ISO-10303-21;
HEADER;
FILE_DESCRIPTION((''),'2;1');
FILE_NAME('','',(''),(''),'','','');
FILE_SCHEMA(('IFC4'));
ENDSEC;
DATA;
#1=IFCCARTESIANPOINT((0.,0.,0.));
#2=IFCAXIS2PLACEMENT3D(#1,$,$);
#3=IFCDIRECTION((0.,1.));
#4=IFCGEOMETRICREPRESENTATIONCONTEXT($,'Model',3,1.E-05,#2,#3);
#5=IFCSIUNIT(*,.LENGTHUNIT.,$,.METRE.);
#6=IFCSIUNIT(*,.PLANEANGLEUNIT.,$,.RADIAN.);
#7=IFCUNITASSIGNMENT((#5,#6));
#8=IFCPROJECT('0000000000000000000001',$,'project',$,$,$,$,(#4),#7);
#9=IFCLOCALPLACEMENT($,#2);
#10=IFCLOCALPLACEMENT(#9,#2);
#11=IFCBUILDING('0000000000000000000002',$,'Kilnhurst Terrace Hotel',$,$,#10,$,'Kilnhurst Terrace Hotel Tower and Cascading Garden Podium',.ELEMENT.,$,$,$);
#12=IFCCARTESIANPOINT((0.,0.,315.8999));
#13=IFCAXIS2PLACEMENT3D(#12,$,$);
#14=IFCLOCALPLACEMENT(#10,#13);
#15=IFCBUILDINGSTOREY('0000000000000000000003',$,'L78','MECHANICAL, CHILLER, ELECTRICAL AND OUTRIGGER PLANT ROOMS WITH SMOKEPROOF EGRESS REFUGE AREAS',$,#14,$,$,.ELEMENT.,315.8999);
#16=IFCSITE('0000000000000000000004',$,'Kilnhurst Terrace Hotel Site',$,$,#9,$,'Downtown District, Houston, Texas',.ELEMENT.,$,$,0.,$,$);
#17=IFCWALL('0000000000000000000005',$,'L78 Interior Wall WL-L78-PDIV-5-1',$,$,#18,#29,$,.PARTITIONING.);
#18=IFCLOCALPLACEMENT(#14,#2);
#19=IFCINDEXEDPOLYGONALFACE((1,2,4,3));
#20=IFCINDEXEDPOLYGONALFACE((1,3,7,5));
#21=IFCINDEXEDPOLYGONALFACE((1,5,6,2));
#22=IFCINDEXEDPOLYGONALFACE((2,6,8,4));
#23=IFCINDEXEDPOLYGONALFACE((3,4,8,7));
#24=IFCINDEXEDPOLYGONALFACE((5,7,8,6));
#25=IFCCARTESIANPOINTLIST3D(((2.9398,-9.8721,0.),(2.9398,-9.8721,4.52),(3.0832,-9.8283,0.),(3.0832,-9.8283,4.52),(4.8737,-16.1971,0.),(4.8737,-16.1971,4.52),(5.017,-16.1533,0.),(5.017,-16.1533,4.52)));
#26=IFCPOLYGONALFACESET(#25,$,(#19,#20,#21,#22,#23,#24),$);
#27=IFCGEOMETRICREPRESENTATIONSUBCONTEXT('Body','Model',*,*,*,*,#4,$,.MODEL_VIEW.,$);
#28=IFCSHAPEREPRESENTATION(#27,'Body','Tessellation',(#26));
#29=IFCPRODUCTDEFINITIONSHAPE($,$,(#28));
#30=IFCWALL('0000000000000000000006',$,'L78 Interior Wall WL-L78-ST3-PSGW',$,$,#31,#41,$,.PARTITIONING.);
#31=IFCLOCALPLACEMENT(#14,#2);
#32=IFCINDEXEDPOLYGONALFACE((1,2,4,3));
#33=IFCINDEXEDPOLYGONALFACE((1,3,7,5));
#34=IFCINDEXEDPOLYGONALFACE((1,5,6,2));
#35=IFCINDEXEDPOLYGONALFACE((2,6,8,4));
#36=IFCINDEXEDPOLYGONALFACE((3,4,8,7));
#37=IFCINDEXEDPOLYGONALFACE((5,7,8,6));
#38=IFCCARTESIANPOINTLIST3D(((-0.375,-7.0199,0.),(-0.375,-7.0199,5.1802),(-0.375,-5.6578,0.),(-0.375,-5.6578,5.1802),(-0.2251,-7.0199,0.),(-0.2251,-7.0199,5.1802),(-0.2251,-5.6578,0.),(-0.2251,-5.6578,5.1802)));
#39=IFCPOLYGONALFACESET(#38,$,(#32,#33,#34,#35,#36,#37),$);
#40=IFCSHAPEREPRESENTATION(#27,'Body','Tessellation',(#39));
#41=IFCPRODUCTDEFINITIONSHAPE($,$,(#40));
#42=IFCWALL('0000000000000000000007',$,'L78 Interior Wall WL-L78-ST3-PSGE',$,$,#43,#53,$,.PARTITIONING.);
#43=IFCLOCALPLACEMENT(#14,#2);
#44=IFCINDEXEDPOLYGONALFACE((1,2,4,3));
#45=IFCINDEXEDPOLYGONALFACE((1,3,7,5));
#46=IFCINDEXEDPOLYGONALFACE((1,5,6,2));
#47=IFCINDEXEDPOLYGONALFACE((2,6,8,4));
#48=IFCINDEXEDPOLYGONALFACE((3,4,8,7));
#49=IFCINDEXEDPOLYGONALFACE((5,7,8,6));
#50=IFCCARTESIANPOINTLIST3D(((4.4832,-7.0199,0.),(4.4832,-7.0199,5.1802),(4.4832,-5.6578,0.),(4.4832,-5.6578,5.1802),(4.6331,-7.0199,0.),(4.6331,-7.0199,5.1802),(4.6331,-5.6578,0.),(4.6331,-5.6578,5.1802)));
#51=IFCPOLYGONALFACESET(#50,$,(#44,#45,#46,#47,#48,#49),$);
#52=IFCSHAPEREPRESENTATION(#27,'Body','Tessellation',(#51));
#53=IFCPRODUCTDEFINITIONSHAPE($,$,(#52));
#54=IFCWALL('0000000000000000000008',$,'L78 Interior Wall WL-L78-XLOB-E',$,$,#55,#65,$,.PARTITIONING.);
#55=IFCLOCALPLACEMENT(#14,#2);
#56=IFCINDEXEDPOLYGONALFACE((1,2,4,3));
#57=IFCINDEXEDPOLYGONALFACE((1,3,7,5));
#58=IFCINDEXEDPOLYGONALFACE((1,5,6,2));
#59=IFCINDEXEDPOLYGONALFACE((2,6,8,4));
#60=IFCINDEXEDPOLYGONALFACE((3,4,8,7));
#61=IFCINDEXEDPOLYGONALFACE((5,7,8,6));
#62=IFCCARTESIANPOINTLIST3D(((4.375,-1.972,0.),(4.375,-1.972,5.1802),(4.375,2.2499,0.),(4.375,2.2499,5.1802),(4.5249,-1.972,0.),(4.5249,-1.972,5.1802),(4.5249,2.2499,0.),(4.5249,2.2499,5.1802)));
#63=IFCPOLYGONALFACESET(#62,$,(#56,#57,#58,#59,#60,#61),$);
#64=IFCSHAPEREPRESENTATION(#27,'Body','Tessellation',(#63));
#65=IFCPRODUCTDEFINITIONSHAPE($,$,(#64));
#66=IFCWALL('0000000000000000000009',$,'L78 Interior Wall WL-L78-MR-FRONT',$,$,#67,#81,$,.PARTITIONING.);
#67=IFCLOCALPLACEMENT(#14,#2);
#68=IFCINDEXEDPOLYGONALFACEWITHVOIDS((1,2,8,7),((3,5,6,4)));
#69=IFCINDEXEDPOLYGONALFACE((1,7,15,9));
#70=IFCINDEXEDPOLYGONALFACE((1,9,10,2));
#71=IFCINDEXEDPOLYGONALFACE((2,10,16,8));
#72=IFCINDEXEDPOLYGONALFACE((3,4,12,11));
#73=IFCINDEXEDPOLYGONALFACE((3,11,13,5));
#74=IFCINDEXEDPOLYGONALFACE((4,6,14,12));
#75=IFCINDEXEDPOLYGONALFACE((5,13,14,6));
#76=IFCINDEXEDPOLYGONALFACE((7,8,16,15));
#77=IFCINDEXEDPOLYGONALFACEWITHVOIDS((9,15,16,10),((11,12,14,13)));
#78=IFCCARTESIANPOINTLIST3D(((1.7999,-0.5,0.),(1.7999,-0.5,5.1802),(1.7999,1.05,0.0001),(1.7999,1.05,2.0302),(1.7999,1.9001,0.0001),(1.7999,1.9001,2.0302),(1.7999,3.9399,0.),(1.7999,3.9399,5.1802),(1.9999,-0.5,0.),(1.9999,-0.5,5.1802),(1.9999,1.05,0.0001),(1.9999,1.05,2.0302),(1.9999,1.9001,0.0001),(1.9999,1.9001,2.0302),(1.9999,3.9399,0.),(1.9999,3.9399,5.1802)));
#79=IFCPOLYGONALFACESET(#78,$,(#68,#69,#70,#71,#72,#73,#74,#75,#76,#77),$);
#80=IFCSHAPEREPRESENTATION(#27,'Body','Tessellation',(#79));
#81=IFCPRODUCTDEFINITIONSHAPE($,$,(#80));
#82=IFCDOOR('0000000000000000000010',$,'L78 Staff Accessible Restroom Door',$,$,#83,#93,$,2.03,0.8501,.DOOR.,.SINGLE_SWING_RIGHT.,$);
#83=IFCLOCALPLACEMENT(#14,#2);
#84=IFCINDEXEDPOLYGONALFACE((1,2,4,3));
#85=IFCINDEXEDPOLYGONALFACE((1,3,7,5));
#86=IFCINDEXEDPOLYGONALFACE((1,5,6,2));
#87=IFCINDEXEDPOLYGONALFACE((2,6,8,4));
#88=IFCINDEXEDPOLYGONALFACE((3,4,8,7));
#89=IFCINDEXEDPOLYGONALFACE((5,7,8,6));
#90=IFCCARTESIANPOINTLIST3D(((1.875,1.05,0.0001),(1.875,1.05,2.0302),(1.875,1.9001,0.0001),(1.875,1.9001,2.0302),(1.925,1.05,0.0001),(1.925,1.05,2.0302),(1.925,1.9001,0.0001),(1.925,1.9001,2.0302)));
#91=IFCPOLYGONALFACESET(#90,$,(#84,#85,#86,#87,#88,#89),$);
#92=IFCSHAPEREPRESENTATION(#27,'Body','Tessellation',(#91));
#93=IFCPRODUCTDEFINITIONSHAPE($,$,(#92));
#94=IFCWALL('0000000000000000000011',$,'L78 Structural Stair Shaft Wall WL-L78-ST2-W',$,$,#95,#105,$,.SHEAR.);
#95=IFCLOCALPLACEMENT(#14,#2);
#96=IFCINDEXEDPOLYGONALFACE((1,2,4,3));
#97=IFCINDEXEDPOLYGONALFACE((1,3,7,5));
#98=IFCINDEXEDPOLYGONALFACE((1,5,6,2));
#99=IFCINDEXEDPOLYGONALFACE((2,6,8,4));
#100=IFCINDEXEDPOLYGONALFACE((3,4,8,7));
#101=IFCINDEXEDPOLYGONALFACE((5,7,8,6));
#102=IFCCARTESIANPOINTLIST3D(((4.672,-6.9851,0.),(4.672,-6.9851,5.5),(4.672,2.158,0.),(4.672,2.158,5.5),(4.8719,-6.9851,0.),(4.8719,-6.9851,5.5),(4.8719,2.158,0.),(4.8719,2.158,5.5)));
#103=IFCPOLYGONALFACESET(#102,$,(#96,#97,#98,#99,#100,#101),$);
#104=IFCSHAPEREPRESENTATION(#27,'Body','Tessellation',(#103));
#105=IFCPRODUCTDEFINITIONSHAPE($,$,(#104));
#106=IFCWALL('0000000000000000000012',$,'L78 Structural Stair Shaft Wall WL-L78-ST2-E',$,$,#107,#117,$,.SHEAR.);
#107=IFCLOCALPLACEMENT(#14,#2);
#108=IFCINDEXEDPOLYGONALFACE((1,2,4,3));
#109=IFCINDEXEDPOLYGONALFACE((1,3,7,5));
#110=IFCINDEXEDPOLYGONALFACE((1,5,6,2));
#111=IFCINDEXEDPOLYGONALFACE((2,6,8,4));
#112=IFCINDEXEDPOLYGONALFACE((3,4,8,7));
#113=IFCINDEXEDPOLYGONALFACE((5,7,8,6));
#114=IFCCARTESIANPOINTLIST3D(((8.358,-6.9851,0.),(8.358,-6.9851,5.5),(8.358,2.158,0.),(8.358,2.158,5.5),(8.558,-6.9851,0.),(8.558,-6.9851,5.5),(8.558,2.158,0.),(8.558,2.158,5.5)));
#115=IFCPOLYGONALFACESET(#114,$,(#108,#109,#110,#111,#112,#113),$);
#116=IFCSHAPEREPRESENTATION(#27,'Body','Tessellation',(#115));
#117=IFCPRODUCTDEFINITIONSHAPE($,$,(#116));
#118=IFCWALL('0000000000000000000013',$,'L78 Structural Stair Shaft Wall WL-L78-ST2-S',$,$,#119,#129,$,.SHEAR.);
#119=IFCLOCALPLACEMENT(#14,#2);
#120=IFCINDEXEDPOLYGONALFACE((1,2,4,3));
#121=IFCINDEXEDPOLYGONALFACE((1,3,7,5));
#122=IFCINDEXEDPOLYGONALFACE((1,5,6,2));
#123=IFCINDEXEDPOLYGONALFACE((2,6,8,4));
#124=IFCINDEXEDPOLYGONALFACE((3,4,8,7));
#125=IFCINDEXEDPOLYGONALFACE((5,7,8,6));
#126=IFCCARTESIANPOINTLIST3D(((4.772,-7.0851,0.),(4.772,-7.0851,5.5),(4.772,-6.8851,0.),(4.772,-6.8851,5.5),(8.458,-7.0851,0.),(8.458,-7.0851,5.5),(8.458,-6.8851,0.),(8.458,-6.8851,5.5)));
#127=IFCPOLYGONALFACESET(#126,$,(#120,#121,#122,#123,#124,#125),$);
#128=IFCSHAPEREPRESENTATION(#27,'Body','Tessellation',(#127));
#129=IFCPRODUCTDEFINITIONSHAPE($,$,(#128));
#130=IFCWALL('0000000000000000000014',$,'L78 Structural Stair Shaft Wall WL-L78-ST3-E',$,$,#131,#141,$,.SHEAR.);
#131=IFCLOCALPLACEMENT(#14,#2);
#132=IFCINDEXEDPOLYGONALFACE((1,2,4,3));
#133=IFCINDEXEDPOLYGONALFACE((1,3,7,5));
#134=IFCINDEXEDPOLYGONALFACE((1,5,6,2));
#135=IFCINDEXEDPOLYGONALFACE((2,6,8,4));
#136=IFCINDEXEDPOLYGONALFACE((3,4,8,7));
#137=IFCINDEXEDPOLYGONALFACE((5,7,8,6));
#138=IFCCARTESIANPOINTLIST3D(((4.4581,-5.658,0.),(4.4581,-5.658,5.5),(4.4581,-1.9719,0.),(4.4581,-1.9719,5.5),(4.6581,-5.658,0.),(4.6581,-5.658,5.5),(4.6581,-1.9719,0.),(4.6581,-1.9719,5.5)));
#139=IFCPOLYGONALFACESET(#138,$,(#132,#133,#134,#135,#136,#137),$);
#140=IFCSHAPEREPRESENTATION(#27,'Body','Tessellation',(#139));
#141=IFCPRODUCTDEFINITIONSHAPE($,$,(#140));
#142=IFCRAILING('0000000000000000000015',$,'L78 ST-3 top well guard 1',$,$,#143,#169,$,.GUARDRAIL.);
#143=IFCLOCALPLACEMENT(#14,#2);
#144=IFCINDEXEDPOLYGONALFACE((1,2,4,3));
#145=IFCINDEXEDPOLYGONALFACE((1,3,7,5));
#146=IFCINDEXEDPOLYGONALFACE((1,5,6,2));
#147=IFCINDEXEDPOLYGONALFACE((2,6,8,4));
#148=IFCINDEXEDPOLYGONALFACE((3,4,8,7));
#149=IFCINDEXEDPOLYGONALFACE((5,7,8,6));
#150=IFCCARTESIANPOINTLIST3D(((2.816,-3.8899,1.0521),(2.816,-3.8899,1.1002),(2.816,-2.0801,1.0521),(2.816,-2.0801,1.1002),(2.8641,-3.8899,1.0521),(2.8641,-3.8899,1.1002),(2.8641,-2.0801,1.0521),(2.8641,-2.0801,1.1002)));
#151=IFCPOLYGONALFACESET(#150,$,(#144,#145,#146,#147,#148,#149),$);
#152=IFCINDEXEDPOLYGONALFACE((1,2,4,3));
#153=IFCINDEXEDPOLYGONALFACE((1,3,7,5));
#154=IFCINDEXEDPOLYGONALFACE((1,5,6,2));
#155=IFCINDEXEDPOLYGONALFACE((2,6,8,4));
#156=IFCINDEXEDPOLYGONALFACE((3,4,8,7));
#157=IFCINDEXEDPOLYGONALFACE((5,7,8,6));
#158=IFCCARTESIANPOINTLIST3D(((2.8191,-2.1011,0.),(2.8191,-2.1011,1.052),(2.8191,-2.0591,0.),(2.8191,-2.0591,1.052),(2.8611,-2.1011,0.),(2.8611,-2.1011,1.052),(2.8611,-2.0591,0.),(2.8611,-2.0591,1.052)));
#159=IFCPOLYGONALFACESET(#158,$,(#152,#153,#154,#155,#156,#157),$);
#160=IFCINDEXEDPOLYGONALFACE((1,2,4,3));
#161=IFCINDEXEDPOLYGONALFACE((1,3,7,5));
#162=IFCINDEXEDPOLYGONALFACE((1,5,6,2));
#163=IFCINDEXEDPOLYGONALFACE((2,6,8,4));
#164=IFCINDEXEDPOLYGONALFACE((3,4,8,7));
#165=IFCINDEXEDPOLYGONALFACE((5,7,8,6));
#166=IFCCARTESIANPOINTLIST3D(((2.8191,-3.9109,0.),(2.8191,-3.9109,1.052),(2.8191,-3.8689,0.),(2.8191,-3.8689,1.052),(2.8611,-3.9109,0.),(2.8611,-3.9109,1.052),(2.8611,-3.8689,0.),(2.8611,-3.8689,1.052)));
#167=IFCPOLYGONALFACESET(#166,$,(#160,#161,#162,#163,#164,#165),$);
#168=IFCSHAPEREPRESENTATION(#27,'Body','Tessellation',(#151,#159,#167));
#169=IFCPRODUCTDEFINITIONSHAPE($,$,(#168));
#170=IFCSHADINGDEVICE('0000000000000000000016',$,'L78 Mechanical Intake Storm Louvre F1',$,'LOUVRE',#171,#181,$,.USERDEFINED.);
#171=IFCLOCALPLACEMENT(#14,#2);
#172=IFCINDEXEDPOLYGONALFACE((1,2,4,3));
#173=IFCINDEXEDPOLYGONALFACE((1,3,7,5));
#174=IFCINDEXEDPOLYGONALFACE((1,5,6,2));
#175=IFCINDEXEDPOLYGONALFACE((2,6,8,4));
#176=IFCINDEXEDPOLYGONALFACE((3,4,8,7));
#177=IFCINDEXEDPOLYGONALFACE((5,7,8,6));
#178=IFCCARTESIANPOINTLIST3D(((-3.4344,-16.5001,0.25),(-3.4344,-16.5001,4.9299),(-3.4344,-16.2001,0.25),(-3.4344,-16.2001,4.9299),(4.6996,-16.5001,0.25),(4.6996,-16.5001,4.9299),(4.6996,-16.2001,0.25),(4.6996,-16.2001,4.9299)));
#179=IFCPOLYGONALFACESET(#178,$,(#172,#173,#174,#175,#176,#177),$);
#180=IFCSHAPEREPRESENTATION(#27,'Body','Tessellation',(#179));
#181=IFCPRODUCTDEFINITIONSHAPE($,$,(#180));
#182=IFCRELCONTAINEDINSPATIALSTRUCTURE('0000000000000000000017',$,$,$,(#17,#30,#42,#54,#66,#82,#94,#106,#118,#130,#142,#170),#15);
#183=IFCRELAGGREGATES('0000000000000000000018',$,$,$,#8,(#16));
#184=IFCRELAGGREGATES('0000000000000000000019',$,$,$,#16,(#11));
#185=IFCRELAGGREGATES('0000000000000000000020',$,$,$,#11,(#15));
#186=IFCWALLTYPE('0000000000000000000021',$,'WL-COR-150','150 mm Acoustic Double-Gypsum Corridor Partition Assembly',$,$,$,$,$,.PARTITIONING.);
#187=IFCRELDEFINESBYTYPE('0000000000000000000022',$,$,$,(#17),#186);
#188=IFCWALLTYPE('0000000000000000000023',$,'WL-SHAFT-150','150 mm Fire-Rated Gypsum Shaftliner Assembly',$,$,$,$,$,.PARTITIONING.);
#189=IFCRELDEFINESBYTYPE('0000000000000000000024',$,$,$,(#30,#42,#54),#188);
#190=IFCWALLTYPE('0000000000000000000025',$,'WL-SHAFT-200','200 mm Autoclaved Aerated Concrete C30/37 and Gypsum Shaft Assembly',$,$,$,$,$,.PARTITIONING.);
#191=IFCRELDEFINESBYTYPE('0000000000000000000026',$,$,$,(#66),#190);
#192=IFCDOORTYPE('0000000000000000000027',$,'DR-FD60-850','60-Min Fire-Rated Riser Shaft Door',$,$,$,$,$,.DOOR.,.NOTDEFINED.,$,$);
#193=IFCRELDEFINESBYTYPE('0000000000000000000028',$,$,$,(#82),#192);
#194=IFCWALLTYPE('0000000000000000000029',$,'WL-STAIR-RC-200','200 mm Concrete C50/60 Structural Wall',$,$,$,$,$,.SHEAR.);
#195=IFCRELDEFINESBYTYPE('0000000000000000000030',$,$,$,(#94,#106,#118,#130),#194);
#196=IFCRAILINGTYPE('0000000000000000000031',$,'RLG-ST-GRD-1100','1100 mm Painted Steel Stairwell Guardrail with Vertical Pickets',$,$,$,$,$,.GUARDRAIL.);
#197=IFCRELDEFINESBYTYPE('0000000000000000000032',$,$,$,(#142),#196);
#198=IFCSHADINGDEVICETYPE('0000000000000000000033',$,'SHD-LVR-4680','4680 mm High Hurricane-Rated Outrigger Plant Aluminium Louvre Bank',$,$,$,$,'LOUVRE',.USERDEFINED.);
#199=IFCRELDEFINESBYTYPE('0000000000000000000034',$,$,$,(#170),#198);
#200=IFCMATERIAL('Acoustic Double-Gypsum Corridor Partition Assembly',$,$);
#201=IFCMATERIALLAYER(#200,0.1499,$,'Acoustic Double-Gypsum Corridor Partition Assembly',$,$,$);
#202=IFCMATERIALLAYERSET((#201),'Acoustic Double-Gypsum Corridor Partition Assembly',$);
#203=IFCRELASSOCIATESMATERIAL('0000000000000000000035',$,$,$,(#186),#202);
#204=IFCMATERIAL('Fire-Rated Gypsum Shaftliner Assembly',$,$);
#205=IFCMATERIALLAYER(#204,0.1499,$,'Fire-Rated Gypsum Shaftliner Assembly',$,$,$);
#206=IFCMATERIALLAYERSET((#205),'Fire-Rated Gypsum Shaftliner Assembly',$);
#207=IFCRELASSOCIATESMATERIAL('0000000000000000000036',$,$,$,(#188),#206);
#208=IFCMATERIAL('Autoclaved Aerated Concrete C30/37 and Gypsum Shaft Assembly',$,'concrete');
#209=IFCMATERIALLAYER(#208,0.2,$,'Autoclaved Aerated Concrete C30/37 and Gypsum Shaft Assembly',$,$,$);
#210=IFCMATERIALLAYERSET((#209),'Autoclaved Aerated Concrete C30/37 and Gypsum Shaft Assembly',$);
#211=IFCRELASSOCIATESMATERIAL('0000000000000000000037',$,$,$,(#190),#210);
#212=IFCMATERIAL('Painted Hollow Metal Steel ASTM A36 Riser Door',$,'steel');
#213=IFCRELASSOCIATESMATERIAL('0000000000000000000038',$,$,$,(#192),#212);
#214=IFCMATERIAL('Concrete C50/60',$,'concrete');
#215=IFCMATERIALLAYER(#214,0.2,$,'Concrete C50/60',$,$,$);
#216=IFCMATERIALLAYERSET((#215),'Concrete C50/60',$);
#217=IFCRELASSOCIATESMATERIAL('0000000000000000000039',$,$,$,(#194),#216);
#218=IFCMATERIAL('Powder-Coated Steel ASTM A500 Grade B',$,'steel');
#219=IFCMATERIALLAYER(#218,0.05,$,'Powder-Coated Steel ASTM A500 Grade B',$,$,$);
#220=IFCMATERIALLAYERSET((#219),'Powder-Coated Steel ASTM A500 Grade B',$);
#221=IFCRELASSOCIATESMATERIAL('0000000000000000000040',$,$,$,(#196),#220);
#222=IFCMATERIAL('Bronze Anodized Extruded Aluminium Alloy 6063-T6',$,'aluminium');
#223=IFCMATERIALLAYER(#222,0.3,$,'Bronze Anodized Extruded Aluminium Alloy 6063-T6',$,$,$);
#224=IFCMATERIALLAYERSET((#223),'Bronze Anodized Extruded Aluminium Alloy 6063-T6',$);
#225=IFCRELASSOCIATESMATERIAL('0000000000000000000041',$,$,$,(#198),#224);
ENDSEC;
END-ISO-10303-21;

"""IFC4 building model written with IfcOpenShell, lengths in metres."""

from ifc_helpers import new_model, si_unit, direction, frame, frame_2d, origin, origin_2d, place, context, subcontext, project, spatial, rectangle, extrude, material, layer, layer_set, type_object, element, fill, save


model = new_model("IFC4")

# Units and contexts
model_context = context("Model", 3, precision=1e-05, world=origin(), true_north=direction((0.0, 1.0)))
body_context = subcontext(model_context, "Body", "Model", "MODEL_VIEW")
ifc_project = project(units=[si_unit("LENGTHUNIT", "METRE"), si_unit("PLANEANGLEUNIT", "RADIAN")], contexts=[model_context])

# Site, building, storey
site_placement = place(None, origin())
site = spatial("IfcSite", under=ifc_project, at=site_placement, Name="Kilnhurst Terrace Hotel Site", LongName="Downtown District, Houston, Texas", CompositionType="ELEMENT", RefElevation=0.0)
building_placement = place(site_placement, origin())
building = spatial("IfcBuilding", under=site, at=building_placement, Name="Kilnhurst Terrace Hotel", LongName="Kilnhurst Terrace Hotel Tower and Cascading Garden Podium", CompositionType="ELEMENT")
storey_placement = place(building_placement, frame((0.0, 0.0, 315.8999)))
storey = spatial("IfcBuildingStorey", under=building, at=storey_placement, Name="L78", Description="MECHANICAL, CHILLER, ELECTRICAL AND OUTRIGGER PLANT ROOMS WITH SMOKEPROOF EGRESS REFUGE AREAS", CompositionType="ELEMENT", Elevation=315.8999)

# Shared definitions
ifc_material_1 = material(Name="Concrete C50/60", Category="concrete")

# Walls
ifc_material_2 = material(Name="Acoustic Double-Gypsum Corridor Partition Assembly")
ifc_layer_1 = layer(ifc_material_2, 0.1499, Name="Acoustic Double-Gypsum Corridor Partition Assembly")
ifc_layer_set_1 = layer_set([ifc_layer_1], Name="Acoustic Double-Gypsum Corridor Partition Assembly")
wall_type_1 = type_object("IfcWallType", Name="WL-COR-150", Description="150 mm Acoustic Double-Gypsum Corridor Partition Assembly", PredefinedType="PARTITIONING", material=ifc_layer_set_1)
wall_1_placement = place(storey_placement, frame((3.0115, -9.8501, 0.0), z_axis=(0.0, 0.0, 1.0), x_axis=(0.292386, -0.9563, 0.0)))
element("IfcWall", 1, at=wall_1_placement, inside=storey, type_object=wall_type_1, Name="L78 Interior Wall WL-L78-PDIV-5-1", PredefinedType="PARTITIONING", context=body_context, shape_type="SweptSolid", body=[
    extrude(rectangle(XDim=6.614, YDim=0.1499, at=frame_2d((3.3071, 0.0))), origin(), (0.0, 0.0, 1.0), 4.52),
])
ifc_material_3 = material(Name="Fire-Rated Gypsum Shaftliner Assembly")
ifc_layer_2 = layer(ifc_material_3, 0.1499, Name="Fire-Rated Gypsum Shaftliner Assembly")
ifc_layer_set_2 = layer_set([ifc_layer_2], Name="Fire-Rated Gypsum Shaftliner Assembly")
wall_type_2 = type_object("IfcWallType", Name="WL-SHAFT-150", Description="150 mm Fire-Rated Gypsum Shaftliner Assembly", PredefinedType="PARTITIONING", material=ifc_layer_set_2)
for number, where, z_axis, x_axis, name in (
    (2, (-0.3, -7.02, 0.0), (0.0, 0.0, 1.0), (0.0, 1.0, 0.0), "L78 Interior Wall WL-L78-ST3-PSGW"),
    (3, (4.5581, -7.02, 0.0), (0.0, 0.0, 1.0), (0.0, 1.0, 0.0), "L78 Interior Wall WL-L78-ST3-PSGE"),
):
    element("IfcWall", number, at=place(storey_placement, frame(where, z_axis=z_axis, x_axis=x_axis)), inside=storey, type_object=wall_type_2, Name=name, PredefinedType="PARTITIONING", context=body_context, shape_type="SweptSolid", body=[
        extrude(rectangle(XDim=1.3621, YDim=0.1499, at=frame_2d((0.6812, 0.0))), origin(), (0.0, 0.0, 1.0), 5.1802),
    ])
wall_2_placement = place(storey_placement, frame((4.45, -1.9719, 0.0), z_axis=(0.0, 0.0, 1.0), x_axis=(0.0, 1.0, 0.0)))
element("IfcWall", 4, at=wall_2_placement, inside=storey, type_object=wall_type_2, Name="L78 Interior Wall WL-L78-XLOB-E", PredefinedType="PARTITIONING", context=body_context, shape_type="SweptSolid", body=[
    extrude(rectangle(XDim=4.2219, YDim=0.1499, at=frame_2d((2.1108, 0.0))), origin(), (0.0, 0.0, 1.0), 5.1802),
])

# Wall, opening, door
ifc_material_4 = material(Name="Autoclaved Aerated Concrete C30/37 and Gypsum Shaft Assembly", Category="concrete")
ifc_layer_3 = layer(ifc_material_4, 0.2, Name="Autoclaved Aerated Concrete C30/37 and Gypsum Shaft Assembly")
ifc_layer_set_3 = layer_set([ifc_layer_3], Name="Autoclaved Aerated Concrete C30/37 and Gypsum Shaft Assembly")
wall_type_3 = type_object("IfcWallType", Name="WL-SHAFT-200", Description="200 mm Autoclaved Aerated Concrete C30/37 and Gypsum Shaft Assembly", PredefinedType="PARTITIONING", material=ifc_layer_set_3)
wall_3_placement = place(storey_placement, frame((1.8999, -0.5, 0.0), z_axis=(0.0, 0.0, 1.0), x_axis=(0.0, 1.0, 0.0)))
wall_3 = element("IfcWall", 5, at=wall_3_placement, inside=storey, type_object=wall_type_3, Name="L78 Interior Wall WL-L78-MR-FRONT", PredefinedType="PARTITIONING", context=body_context, shape_type="SweptSolid", body=[
    extrude(rectangle(XDim=4.4399, YDim=0.2, at=frame_2d((2.22, 0.0))), origin(), (0.0, 0.0, 1.0), 5.1802),
])
opening_placement = place(wall_3_placement, frame((1.55, 0.0, 0.0)))
opening = element("IfcOpeningElement", 6, at=opening_placement, cuts=wall_3, PredefinedType="OPENING", context=body_context, shape_type="SweptSolid", body=[
    extrude(rectangle(XDim=0.8501, YDim=2.03, at=frame_2d((0.425, 1.0151))), frame((0.0, 0.1099, 0.0), z_axis=(0.0, -1.0, 0.0), x_axis=(1.0, 0.0, 0.0)), (0.0, 0.0, 1.0), 0.22),
])
ifc_material_5 = material(Name="Painted Hollow Metal Steel ASTM A36 Riser Door", Category="steel")
door_type = type_object("IfcDoorType", Name="DR-FD60-850", Description="60-Min Fire-Rated Riser Shaft Door", OperationType="NOTDEFINED", PredefinedType="DOOR", material=ifc_material_5)
door_placement = place(opening_placement, origin())
door = element("IfcDoor", 7, at=door_placement, inside=storey, type_object=door_type, Name="L78 Staff Accessible Restroom Door", OperationType="SINGLE_SWING_RIGHT", OverallHeight=2.03, OverallWidth=0.8501, PredefinedType="DOOR", context=body_context, shape_type="SweptSolid", body=[
    extrude(rectangle(XDim=0.8501, YDim=2.03, at=frame_2d((0.425, 1.0151))), frame((0.0, 0.0249, 0.0), z_axis=(0.0, -1.0, 0.0), x_axis=(1.0, 0.0, 0.0)), (0.0, 0.0, 1.0), 0.05),
])
fill(opening, door)

# Walls
ifc_layer_4 = layer(ifc_material_1, 0.2, Name="Concrete C50/60")
ifc_layer_set_4 = layer_set([ifc_layer_4], Name="Concrete C50/60")
wall_type_4 = type_object("IfcWallType", Name="WL-STAIR-RC-200", Description="200 mm Concrete C50/60 Structural Wall", PredefinedType="SHEAR", material=ifc_layer_set_4)
for number, where, z_axis, x_axis, name in (
    (8, (4.772, -6.9851, 0.0), (0.0, 0.0, 1.0), (0.0, 1.0, 0.0), "L78 Structural Stair Shaft Wall WL-L78-ST2-W"),
    (9, (8.458, -6.9851, 0.0), (0.0, 0.0, 1.0), (0.0, 1.0, 0.0), "L78 Structural Stair Shaft Wall WL-L78-ST2-E"),
):
    element("IfcWall", number, at=place(storey_placement, frame(where, z_axis=z_axis, x_axis=x_axis)), inside=storey, type_object=wall_type_4, Name=name, PredefinedType="SHEAR", context=body_context, shape_type="SweptSolid", body=[
        extrude(rectangle(XDim=9.1431, YDim=0.2, at=frame_2d((4.5715, 0.0))), origin(), (0.0, 0.0, 1.0), 5.5),
    ])
for number, where, z_axis, x_axis, name in (
    (10, (4.772, -6.9851, 0.0), (0.0, 0.0, 1.0), (1.0, 0.0, 0.0), "L78 Structural Stair Shaft Wall WL-L78-ST2-S"),
    (11, (4.5581, -5.658, 0.0), (0.0, 0.0, 1.0), (0.0, 1.0, 0.0), "L78 Structural Stair Shaft Wall WL-L78-ST3-E"),
):
    element("IfcWall", number, at=place(storey_placement, frame(where, z_axis=z_axis, x_axis=x_axis)), inside=storey, type_object=wall_type_4, Name=name, PredefinedType="SHEAR", context=body_context, shape_type="SweptSolid", body=[
        extrude(rectangle(XDim=3.686, YDim=0.2, at=frame_2d((1.843, 0.0))), origin(), (0.0, 0.0, 1.0), 5.5),
    ])

# Railing
ifc_material_6 = material(Name="Powder-Coated Steel ASTM A500 Grade B", Category="steel")
ifc_layer_5 = layer(ifc_material_6, 0.05, Name="Powder-Coated Steel ASTM A500 Grade B")
ifc_layer_set_5 = layer_set([ifc_layer_5], Name="Powder-Coated Steel ASTM A500 Grade B")
railing_type = type_object("IfcRailingType", Name="RLG-ST-GRD-1100", Description="1100 mm Painted Steel Stairwell Guardrail with Vertical Pickets", PredefinedType="GUARDRAIL", material=ifc_layer_set_5)
railing_placement = place(storey_placement, frame((2.8401, -2.0801, 0.0)))
element("IfcRailing", 12, at=railing_placement, inside=storey, type_object=railing_type, Name="L78 ST-3 top well guard 1", PredefinedType="GUARDRAIL", context=body_context, shape_type="SweptSolid", body=[
    extrude(rectangle(XDim=0.0481, YDim=0.0481, at=origin_2d()), frame((0.0, 0.0, 1.0762), z_axis=(0.0, -1.0, 0.0), x_axis=(1.0, 0.0, 0.0)), (0.0, 0.0, 1.0), 1.8098),
    extrude(rectangle(XDim=0.042, YDim=0.042, at=origin_2d()), origin(), (0.0, 0.0, 1.0), 1.052),
    extrude(rectangle(XDim=0.042, YDim=0.042, at=origin_2d()), frame((0.0, -1.8098, 0.0)), (0.0, 0.0, 1.0), 1.052),
])

# Shading device
ifc_material_7 = material(Name="Bronze Anodized Extruded Aluminium Alloy 6063-T6", Category="aluminium")
ifc_layer_6 = layer(ifc_material_7, 0.3, Name="Bronze Anodized Extruded Aluminium Alloy 6063-T6")
ifc_layer_set_6 = layer_set([ifc_layer_6], Name="Bronze Anodized Extruded Aluminium Alloy 6063-T6")
shading_device_type = type_object("IfcShadingDeviceType", Name="SHD-LVR-4680", Description="4680 mm High Hurricane-Rated Outrigger Plant Aluminium Louvre Bank", ElementType="LOUVRE", PredefinedType="USERDEFINED", material=ifc_layer_set_6)
shading_device_placement = place(storey_placement, frame((0.6326, -16.3501, 0.25), z_axis=(0.0, 0.0, 1.0), x_axis=(1.0, 0.0, 0.0)))
element("IfcShadingDevice", 13, at=shading_device_placement, inside=storey, type_object=shading_device_type, Name="L78 Mechanical Intake Storm Louvre F1", ObjectType="LOUVRE", PredefinedType="USERDEFINED", context=body_context, shape_type="SweptSolid", body=[
    extrude(rectangle(XDim=8.134, YDim=0.3, at=origin_2d()), origin(), (0.0, 0.0, 1.0), 4.6799),
])

save(model, "model.ifc")
